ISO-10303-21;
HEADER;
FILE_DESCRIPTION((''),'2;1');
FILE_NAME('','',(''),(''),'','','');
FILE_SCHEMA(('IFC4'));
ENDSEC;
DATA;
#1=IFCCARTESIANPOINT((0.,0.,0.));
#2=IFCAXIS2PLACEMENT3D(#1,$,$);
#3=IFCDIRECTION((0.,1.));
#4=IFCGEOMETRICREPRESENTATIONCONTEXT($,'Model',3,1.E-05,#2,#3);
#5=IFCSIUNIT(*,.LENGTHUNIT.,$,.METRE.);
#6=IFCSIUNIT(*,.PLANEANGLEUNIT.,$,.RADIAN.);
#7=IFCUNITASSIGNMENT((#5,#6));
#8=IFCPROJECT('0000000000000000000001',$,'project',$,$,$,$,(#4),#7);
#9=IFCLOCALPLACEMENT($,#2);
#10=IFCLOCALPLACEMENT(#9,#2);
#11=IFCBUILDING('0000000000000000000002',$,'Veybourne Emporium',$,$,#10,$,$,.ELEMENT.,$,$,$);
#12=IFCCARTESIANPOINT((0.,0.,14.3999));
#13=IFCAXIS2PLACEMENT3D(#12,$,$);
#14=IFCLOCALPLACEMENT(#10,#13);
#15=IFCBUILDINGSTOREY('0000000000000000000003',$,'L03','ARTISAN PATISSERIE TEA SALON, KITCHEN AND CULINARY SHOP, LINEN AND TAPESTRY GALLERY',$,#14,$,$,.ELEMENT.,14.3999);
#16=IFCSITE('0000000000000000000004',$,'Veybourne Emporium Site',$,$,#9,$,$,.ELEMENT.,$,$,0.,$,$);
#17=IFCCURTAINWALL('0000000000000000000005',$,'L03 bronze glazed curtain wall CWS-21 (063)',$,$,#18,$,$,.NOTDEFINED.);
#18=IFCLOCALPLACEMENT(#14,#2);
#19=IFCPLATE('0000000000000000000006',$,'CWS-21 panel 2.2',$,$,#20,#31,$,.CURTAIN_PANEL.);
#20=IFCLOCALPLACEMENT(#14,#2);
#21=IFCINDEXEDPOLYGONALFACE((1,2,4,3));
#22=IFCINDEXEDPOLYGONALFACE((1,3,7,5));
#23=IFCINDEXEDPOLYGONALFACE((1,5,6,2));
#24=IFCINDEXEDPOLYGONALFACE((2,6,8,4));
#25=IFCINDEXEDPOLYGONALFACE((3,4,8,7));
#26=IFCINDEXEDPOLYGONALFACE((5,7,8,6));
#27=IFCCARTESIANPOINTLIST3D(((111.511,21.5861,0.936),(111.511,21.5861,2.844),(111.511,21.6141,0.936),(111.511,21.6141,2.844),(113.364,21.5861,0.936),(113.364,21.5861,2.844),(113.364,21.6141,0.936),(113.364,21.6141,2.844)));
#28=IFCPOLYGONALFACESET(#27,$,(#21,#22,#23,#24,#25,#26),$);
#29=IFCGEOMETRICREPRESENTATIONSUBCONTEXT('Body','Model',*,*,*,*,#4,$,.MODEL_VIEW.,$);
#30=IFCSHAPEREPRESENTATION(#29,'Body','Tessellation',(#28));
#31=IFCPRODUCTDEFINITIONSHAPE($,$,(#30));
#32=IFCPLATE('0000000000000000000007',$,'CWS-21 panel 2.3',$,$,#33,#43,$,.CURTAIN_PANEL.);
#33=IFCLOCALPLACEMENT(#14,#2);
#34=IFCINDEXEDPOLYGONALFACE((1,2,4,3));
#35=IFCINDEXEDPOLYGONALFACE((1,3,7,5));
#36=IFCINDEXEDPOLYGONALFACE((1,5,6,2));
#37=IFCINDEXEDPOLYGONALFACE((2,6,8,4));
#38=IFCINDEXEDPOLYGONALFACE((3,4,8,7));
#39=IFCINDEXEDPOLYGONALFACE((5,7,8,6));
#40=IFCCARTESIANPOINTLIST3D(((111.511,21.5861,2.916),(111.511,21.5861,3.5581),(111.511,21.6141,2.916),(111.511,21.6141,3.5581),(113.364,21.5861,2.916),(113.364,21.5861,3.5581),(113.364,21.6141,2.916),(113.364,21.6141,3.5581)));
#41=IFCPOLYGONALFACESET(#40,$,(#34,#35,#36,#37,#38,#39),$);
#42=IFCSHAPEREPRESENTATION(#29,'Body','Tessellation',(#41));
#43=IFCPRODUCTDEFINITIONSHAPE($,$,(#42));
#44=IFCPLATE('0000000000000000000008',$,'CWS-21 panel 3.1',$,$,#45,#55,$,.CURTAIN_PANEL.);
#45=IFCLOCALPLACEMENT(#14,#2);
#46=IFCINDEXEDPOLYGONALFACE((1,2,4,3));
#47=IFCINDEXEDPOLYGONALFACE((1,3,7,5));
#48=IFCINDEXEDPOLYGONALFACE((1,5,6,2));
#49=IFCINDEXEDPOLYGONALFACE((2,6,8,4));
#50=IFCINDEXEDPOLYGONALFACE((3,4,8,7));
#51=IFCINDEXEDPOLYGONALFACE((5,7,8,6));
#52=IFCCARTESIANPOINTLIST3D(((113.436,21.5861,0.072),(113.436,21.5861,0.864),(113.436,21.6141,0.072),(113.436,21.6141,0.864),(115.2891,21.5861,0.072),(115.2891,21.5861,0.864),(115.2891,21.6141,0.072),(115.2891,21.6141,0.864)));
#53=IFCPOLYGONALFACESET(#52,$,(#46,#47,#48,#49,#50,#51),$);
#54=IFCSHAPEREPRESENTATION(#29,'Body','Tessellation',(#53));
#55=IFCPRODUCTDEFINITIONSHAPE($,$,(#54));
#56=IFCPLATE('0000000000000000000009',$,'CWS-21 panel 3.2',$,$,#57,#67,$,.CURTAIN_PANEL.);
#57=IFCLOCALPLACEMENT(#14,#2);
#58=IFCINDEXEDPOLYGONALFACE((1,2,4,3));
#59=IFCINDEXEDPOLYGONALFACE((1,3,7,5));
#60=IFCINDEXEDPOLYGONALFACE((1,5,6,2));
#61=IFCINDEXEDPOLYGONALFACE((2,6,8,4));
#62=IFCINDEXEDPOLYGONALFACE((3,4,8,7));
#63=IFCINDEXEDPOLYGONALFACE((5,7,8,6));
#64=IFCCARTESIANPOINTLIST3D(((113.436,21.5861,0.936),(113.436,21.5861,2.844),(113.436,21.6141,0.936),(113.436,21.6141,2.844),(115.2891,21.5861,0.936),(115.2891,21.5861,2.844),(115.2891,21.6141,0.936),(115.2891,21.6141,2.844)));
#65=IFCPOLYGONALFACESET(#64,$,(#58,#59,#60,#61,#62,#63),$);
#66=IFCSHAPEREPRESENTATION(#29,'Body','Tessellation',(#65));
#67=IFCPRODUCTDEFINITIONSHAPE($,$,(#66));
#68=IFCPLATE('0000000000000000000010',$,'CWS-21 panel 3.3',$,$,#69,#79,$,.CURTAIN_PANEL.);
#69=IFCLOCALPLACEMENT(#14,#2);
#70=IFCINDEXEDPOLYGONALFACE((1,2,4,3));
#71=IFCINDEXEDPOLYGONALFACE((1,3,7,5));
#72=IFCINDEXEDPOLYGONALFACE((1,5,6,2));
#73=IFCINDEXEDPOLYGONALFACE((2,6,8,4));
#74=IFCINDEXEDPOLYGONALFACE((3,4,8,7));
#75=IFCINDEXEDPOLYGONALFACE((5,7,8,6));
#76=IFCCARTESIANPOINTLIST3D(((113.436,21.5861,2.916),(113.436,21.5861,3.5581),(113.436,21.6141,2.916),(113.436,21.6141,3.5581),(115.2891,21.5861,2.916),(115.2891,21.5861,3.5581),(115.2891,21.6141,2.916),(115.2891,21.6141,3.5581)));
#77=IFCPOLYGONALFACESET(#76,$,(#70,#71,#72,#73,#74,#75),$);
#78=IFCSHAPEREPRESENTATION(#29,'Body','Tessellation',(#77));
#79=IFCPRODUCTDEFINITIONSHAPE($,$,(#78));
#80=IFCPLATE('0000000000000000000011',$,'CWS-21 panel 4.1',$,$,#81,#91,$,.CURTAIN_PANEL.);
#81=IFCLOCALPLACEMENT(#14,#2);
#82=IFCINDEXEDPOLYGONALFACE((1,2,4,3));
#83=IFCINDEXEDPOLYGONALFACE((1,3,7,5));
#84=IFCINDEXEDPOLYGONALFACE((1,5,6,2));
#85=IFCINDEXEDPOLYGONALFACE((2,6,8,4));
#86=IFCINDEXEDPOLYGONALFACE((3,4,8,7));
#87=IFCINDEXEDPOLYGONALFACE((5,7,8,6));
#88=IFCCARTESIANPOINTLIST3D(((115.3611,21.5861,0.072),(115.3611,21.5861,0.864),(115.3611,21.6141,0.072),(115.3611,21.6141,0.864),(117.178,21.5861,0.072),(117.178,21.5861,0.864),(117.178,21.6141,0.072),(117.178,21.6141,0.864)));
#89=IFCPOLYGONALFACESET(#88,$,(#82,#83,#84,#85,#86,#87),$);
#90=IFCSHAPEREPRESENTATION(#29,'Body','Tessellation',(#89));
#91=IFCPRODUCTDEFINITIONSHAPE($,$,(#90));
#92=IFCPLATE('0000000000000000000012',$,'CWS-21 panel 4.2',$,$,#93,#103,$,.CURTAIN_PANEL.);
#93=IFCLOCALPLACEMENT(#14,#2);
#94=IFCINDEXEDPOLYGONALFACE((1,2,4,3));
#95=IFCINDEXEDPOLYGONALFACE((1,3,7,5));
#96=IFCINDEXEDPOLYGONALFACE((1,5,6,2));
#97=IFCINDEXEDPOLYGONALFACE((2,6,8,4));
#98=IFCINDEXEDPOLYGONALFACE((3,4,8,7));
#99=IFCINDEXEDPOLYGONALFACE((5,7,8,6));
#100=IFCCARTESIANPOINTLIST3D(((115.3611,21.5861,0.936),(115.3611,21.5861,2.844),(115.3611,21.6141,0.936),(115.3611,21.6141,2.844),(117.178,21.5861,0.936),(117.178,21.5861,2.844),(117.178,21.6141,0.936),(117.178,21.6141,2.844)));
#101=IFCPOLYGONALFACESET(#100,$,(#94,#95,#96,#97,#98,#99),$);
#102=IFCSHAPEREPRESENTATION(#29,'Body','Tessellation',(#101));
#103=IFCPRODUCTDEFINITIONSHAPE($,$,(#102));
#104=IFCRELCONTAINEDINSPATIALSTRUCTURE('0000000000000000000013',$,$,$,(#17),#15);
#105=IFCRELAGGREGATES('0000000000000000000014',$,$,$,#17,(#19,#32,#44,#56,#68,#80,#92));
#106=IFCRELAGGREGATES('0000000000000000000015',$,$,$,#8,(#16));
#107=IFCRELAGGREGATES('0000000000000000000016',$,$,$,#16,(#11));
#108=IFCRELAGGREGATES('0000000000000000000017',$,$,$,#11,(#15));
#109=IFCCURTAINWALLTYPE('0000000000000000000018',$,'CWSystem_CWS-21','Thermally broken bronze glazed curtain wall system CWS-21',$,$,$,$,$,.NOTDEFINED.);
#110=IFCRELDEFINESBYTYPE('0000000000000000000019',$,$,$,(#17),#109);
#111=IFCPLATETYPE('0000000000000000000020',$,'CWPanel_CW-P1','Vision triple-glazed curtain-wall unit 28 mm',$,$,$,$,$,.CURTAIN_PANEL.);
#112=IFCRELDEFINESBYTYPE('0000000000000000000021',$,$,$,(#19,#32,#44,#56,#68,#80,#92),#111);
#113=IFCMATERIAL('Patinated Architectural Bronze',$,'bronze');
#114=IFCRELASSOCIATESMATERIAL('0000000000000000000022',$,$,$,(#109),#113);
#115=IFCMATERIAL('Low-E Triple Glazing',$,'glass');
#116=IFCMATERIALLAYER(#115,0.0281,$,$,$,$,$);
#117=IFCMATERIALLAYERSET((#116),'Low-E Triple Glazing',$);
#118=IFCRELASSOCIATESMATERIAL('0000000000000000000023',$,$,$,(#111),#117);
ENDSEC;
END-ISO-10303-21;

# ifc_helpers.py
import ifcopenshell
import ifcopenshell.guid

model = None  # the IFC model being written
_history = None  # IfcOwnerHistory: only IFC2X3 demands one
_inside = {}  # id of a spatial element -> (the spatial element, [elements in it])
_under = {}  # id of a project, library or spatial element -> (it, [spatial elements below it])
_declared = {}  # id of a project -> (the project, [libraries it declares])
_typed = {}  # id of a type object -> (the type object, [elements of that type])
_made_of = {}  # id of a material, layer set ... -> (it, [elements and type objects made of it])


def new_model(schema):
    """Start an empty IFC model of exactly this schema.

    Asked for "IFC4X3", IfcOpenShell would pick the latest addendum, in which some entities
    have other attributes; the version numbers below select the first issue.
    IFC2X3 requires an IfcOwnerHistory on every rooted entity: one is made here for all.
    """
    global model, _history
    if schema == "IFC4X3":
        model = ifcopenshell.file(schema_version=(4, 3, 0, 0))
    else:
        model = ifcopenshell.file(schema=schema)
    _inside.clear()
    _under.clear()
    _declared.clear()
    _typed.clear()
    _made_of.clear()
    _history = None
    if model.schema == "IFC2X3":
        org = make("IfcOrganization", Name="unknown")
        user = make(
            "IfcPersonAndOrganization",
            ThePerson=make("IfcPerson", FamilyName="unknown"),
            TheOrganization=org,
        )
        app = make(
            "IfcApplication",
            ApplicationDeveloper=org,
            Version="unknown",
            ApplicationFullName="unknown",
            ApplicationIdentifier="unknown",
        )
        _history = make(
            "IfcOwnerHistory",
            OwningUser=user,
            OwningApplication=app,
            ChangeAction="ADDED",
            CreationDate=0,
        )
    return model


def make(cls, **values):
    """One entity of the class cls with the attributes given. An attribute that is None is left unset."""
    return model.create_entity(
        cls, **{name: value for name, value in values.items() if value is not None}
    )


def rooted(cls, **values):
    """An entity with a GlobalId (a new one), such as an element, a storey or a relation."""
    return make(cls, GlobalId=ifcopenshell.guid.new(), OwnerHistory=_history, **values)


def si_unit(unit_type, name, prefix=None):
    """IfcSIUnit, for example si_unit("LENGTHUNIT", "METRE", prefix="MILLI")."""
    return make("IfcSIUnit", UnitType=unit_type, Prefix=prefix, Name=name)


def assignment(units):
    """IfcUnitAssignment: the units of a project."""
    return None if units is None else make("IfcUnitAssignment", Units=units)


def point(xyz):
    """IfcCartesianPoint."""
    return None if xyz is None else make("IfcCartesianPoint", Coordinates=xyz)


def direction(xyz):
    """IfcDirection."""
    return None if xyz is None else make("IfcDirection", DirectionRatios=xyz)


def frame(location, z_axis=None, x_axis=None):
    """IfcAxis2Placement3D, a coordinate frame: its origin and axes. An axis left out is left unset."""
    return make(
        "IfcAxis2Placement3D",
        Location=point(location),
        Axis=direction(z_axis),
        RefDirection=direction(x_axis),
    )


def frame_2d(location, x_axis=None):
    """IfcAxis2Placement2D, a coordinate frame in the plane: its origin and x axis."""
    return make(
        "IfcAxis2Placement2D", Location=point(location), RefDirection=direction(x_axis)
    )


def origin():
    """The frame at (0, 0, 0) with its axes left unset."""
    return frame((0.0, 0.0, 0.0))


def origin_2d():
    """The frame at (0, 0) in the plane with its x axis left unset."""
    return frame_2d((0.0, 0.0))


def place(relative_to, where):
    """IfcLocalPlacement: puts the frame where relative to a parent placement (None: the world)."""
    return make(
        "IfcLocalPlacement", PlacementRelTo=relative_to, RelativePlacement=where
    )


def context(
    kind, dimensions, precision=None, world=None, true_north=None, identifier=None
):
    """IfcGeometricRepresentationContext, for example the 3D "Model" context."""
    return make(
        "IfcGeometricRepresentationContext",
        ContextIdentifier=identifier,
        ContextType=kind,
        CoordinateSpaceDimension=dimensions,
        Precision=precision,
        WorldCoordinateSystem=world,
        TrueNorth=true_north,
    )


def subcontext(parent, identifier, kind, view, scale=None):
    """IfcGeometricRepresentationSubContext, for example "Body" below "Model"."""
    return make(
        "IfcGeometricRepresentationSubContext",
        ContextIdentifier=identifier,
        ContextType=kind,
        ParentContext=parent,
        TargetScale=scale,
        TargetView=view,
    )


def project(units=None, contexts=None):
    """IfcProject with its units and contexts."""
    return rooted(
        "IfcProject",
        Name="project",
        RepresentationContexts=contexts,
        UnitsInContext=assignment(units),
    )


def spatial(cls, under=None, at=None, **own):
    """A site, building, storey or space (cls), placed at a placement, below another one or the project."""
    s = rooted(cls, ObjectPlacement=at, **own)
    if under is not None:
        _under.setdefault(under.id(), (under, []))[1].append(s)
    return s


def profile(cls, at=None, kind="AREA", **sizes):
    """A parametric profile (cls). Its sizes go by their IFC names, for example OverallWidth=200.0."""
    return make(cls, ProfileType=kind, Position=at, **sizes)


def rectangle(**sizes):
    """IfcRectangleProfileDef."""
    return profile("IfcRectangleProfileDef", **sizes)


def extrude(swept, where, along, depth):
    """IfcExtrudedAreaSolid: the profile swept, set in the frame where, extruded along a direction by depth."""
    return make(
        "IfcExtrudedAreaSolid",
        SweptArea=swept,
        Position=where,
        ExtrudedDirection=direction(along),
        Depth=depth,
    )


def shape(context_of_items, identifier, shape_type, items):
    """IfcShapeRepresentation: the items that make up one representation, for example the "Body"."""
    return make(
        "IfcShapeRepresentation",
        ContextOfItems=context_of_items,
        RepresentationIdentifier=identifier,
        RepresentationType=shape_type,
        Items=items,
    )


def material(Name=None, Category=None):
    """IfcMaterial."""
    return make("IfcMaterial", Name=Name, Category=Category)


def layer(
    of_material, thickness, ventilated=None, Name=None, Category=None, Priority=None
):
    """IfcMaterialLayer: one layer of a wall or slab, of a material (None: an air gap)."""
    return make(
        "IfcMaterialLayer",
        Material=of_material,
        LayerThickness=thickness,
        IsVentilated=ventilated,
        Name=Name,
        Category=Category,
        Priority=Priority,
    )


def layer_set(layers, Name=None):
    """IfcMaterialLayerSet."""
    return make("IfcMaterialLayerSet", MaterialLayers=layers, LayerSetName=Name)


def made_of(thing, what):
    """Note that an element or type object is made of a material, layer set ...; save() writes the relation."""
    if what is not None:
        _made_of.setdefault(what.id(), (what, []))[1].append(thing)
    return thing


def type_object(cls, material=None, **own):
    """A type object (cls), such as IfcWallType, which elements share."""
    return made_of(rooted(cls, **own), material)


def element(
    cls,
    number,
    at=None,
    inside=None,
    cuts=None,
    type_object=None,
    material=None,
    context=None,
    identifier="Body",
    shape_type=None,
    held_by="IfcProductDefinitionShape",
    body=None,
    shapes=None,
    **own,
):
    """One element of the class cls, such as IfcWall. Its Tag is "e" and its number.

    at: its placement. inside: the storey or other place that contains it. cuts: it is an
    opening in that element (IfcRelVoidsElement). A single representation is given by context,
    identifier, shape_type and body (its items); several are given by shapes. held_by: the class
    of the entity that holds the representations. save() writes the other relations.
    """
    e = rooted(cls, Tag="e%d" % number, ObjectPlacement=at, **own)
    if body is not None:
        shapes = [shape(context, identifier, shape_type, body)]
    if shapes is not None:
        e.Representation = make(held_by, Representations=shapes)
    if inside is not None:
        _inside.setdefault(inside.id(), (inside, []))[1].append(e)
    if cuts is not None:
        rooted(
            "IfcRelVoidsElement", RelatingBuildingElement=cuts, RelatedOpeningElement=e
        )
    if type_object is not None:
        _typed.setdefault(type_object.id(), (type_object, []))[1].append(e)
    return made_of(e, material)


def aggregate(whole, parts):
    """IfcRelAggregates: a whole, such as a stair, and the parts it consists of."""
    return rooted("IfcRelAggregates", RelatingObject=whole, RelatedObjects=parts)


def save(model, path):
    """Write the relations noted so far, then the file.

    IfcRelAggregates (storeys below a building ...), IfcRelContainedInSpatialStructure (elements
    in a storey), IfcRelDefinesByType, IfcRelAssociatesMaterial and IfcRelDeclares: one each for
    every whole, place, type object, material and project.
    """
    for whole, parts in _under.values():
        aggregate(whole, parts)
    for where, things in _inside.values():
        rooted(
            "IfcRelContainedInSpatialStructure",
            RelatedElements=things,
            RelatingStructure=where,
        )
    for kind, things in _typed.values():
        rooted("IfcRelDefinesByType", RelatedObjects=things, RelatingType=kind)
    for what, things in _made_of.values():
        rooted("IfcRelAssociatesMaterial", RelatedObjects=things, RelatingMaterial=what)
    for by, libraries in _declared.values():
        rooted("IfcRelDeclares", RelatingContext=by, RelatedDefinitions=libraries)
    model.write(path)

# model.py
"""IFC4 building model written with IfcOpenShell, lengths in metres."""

from ifc_helpers import new_model, si_unit, direction, frame, origin, origin_2d, place, context, subcontext, project, spatial, rectangle, extrude, material, layer, layer_set, type_object, element, aggregate, save


model = new_model("IFC4")

# Units and contexts
model_context = context("Model", 3, precision=1e-05, world=origin(), true_north=direction((0.0, 1.0)))
body_context = subcontext(model_context, "Body", "Model", "MODEL_VIEW")
ifc_project = project(units=[si_unit("LENGTHUNIT", "METRE"), si_unit("PLANEANGLEUNIT", "RADIAN")], contexts=[model_context])

# Site, building, storey
site_placement = place(None, origin())
site = spatial("IfcSite", under=ifc_project, at=site_placement, Name="Veybourne Emporium Site", CompositionType="ELEMENT", RefElevation=0.0)
building_placement = place(site_placement, origin())
building = spatial("IfcBuilding", under=site, at=building_placement, Name="Veybourne Emporium", CompositionType="ELEMENT")
storey_placement = place(building_placement, frame((0.0, 0.0, 14.3999)))
storey = spatial("IfcBuildingStorey", under=building, at=storey_placement, Name="L03", Description="ARTISAN PATISSERIE TEA SALON, KITCHEN AND CULINARY SHOP, LINEN AND TAPESTRY GALLERY", CompositionType="ELEMENT", Elevation=14.3999)

# Curtain wall, plates
ifc_material_1 = material(Name="Patinated Architectural Bronze", Category="bronze")
curtain_wall_type = type_object("IfcCurtainWallType", Name="CWSystem_CWS-21", Description="Thermally broken bronze glazed curtain wall system CWS-21", PredefinedType="NOTDEFINED", material=ifc_material_1)
curtain_wall_placement = place(storey_placement, origin())
curtain_wall = element("IfcCurtainWall", 1, at=curtain_wall_placement, inside=storey, type_object=curtain_wall_type, Name="L03 bronze glazed curtain wall CWS-21 (063)", PredefinedType="NOTDEFINED")
ifc_material_2 = material(Name="Low-E Triple Glazing", Category="glass")
ifc_layer_1 = layer(ifc_material_2, 0.0281)
ifc_layer_set_1 = layer_set([ifc_layer_1], Name="Low-E Triple Glazing")
plate_type = type_object("IfcPlateType", Name="CWPanel_CW-P1", Description="Vision triple-glazed curtain-wall unit 28 mm", PredefinedType="CURTAIN_PANEL", material=ifc_layer_set_1)
plate_1_placement = place(storey_placement, frame((112.4375, 21.6001, 0.936), z_axis=(0.0, 0.0, 1.0), x_axis=(1.0, 0.0, 0.0)))
plate_1 = element("IfcPlate", 2, at=plate_1_placement, type_object=plate_type, Name="CWS-21 panel 2.2", PredefinedType="CURTAIN_PANEL", context=body_context, shape_type="SweptSolid", body=[
    extrude(rectangle(XDim=1.853, YDim=0.0281, at=origin_2d()), origin(), (0.0, 0.0, 1.0), 1.908),
])
plate_2_placement = place(storey_placement, frame((112.4375, 21.6001, 2.916), z_axis=(0.0, 0.0, 1.0), x_axis=(1.0, 0.0, 0.0)))
plate_2 = element("IfcPlate", 3, at=plate_2_placement, type_object=plate_type, Name="CWS-21 panel 2.3", PredefinedType="CURTAIN_PANEL", context=body_context, shape_type="SweptSolid", body=[
    extrude(rectangle(XDim=1.853, YDim=0.0281, at=origin_2d()), origin(), (0.0, 0.0, 1.0), 0.6421),
])
plate_3_placement = place(storey_placement, frame((114.3625, 21.6001, 0.072), z_axis=(0.0, 0.0, 1.0), x_axis=(1.0, 0.0, 0.0)))
plate_3 = element("IfcPlate", 4, at=plate_3_placement, type_object=plate_type, Name="CWS-21 panel 3.1", PredefinedType="CURTAIN_PANEL", context=body_context, shape_type="SweptSolid", body=[
    extrude(rectangle(XDim=1.853, YDim=0.0281, at=origin_2d()), origin(), (0.0, 0.0, 1.0), 0.792),
])
plate_4_placement = place(storey_placement, frame((114.3625, 21.6001, 0.936), z_axis=(0.0, 0.0, 1.0), x_axis=(1.0, 0.0, 0.0)))
plate_4 = element("IfcPlate", 5, at=plate_4_placement, type_object=plate_type, Name="CWS-21 panel 3.2", PredefinedType="CURTAIN_PANEL", context=body_context, shape_type="SweptSolid", body=[
    extrude(rectangle(XDim=1.853, YDim=0.0281, at=origin_2d()), origin(), (0.0, 0.0, 1.0), 1.908),
])
plate_5_placement = place(storey_placement, frame((114.3625, 21.6001, 2.916), z_axis=(0.0, 0.0, 1.0), x_axis=(1.0, 0.0, 0.0)))
plate_5 = element("IfcPlate", 6, at=plate_5_placement, type_object=plate_type, Name="CWS-21 panel 3.3", PredefinedType="CURTAIN_PANEL", context=body_context, shape_type="SweptSolid", body=[
    extrude(rectangle(XDim=1.853, YDim=0.0281, at=origin_2d()), origin(), (0.0, 0.0, 1.0), 0.6421),
])
plate_6_placement = place(storey_placement, frame((116.2695, 21.6001, 0.072), z_axis=(0.0, 0.0, 1.0), x_axis=(1.0, 0.0, 0.0)))
plate_6 = element("IfcPlate", 7, at=plate_6_placement, type_object=plate_type, Name="CWS-21 panel 4.1", PredefinedType="CURTAIN_PANEL", context=body_context, shape_type="SweptSolid", body=[
    extrude(rectangle(XDim=1.8169, YDim=0.0281, at=origin_2d()), origin(), (0.0, 0.0, 1.0), 0.792),
])
plate_7_placement = place(storey_placement, frame((116.2695, 21.6001, 0.936), z_axis=(0.0, 0.0, 1.0), x_axis=(1.0, 0.0, 0.0)))
plate_7 = element("IfcPlate", 8, at=plate_7_placement, type_object=plate_type, Name="CWS-21 panel 4.2", PredefinedType="CURTAIN_PANEL", context=body_context, shape_type="SweptSolid", body=[
    extrude(rectangle(XDim=1.8169, YDim=0.0281, at=origin_2d()), origin(), (0.0, 0.0, 1.0), 1.908),
])
aggregate(curtain_wall, [plate_1, plate_2, plate_3, plate_4, plate_5, plate_6, plate_7])

save(model, "model.ifc")
